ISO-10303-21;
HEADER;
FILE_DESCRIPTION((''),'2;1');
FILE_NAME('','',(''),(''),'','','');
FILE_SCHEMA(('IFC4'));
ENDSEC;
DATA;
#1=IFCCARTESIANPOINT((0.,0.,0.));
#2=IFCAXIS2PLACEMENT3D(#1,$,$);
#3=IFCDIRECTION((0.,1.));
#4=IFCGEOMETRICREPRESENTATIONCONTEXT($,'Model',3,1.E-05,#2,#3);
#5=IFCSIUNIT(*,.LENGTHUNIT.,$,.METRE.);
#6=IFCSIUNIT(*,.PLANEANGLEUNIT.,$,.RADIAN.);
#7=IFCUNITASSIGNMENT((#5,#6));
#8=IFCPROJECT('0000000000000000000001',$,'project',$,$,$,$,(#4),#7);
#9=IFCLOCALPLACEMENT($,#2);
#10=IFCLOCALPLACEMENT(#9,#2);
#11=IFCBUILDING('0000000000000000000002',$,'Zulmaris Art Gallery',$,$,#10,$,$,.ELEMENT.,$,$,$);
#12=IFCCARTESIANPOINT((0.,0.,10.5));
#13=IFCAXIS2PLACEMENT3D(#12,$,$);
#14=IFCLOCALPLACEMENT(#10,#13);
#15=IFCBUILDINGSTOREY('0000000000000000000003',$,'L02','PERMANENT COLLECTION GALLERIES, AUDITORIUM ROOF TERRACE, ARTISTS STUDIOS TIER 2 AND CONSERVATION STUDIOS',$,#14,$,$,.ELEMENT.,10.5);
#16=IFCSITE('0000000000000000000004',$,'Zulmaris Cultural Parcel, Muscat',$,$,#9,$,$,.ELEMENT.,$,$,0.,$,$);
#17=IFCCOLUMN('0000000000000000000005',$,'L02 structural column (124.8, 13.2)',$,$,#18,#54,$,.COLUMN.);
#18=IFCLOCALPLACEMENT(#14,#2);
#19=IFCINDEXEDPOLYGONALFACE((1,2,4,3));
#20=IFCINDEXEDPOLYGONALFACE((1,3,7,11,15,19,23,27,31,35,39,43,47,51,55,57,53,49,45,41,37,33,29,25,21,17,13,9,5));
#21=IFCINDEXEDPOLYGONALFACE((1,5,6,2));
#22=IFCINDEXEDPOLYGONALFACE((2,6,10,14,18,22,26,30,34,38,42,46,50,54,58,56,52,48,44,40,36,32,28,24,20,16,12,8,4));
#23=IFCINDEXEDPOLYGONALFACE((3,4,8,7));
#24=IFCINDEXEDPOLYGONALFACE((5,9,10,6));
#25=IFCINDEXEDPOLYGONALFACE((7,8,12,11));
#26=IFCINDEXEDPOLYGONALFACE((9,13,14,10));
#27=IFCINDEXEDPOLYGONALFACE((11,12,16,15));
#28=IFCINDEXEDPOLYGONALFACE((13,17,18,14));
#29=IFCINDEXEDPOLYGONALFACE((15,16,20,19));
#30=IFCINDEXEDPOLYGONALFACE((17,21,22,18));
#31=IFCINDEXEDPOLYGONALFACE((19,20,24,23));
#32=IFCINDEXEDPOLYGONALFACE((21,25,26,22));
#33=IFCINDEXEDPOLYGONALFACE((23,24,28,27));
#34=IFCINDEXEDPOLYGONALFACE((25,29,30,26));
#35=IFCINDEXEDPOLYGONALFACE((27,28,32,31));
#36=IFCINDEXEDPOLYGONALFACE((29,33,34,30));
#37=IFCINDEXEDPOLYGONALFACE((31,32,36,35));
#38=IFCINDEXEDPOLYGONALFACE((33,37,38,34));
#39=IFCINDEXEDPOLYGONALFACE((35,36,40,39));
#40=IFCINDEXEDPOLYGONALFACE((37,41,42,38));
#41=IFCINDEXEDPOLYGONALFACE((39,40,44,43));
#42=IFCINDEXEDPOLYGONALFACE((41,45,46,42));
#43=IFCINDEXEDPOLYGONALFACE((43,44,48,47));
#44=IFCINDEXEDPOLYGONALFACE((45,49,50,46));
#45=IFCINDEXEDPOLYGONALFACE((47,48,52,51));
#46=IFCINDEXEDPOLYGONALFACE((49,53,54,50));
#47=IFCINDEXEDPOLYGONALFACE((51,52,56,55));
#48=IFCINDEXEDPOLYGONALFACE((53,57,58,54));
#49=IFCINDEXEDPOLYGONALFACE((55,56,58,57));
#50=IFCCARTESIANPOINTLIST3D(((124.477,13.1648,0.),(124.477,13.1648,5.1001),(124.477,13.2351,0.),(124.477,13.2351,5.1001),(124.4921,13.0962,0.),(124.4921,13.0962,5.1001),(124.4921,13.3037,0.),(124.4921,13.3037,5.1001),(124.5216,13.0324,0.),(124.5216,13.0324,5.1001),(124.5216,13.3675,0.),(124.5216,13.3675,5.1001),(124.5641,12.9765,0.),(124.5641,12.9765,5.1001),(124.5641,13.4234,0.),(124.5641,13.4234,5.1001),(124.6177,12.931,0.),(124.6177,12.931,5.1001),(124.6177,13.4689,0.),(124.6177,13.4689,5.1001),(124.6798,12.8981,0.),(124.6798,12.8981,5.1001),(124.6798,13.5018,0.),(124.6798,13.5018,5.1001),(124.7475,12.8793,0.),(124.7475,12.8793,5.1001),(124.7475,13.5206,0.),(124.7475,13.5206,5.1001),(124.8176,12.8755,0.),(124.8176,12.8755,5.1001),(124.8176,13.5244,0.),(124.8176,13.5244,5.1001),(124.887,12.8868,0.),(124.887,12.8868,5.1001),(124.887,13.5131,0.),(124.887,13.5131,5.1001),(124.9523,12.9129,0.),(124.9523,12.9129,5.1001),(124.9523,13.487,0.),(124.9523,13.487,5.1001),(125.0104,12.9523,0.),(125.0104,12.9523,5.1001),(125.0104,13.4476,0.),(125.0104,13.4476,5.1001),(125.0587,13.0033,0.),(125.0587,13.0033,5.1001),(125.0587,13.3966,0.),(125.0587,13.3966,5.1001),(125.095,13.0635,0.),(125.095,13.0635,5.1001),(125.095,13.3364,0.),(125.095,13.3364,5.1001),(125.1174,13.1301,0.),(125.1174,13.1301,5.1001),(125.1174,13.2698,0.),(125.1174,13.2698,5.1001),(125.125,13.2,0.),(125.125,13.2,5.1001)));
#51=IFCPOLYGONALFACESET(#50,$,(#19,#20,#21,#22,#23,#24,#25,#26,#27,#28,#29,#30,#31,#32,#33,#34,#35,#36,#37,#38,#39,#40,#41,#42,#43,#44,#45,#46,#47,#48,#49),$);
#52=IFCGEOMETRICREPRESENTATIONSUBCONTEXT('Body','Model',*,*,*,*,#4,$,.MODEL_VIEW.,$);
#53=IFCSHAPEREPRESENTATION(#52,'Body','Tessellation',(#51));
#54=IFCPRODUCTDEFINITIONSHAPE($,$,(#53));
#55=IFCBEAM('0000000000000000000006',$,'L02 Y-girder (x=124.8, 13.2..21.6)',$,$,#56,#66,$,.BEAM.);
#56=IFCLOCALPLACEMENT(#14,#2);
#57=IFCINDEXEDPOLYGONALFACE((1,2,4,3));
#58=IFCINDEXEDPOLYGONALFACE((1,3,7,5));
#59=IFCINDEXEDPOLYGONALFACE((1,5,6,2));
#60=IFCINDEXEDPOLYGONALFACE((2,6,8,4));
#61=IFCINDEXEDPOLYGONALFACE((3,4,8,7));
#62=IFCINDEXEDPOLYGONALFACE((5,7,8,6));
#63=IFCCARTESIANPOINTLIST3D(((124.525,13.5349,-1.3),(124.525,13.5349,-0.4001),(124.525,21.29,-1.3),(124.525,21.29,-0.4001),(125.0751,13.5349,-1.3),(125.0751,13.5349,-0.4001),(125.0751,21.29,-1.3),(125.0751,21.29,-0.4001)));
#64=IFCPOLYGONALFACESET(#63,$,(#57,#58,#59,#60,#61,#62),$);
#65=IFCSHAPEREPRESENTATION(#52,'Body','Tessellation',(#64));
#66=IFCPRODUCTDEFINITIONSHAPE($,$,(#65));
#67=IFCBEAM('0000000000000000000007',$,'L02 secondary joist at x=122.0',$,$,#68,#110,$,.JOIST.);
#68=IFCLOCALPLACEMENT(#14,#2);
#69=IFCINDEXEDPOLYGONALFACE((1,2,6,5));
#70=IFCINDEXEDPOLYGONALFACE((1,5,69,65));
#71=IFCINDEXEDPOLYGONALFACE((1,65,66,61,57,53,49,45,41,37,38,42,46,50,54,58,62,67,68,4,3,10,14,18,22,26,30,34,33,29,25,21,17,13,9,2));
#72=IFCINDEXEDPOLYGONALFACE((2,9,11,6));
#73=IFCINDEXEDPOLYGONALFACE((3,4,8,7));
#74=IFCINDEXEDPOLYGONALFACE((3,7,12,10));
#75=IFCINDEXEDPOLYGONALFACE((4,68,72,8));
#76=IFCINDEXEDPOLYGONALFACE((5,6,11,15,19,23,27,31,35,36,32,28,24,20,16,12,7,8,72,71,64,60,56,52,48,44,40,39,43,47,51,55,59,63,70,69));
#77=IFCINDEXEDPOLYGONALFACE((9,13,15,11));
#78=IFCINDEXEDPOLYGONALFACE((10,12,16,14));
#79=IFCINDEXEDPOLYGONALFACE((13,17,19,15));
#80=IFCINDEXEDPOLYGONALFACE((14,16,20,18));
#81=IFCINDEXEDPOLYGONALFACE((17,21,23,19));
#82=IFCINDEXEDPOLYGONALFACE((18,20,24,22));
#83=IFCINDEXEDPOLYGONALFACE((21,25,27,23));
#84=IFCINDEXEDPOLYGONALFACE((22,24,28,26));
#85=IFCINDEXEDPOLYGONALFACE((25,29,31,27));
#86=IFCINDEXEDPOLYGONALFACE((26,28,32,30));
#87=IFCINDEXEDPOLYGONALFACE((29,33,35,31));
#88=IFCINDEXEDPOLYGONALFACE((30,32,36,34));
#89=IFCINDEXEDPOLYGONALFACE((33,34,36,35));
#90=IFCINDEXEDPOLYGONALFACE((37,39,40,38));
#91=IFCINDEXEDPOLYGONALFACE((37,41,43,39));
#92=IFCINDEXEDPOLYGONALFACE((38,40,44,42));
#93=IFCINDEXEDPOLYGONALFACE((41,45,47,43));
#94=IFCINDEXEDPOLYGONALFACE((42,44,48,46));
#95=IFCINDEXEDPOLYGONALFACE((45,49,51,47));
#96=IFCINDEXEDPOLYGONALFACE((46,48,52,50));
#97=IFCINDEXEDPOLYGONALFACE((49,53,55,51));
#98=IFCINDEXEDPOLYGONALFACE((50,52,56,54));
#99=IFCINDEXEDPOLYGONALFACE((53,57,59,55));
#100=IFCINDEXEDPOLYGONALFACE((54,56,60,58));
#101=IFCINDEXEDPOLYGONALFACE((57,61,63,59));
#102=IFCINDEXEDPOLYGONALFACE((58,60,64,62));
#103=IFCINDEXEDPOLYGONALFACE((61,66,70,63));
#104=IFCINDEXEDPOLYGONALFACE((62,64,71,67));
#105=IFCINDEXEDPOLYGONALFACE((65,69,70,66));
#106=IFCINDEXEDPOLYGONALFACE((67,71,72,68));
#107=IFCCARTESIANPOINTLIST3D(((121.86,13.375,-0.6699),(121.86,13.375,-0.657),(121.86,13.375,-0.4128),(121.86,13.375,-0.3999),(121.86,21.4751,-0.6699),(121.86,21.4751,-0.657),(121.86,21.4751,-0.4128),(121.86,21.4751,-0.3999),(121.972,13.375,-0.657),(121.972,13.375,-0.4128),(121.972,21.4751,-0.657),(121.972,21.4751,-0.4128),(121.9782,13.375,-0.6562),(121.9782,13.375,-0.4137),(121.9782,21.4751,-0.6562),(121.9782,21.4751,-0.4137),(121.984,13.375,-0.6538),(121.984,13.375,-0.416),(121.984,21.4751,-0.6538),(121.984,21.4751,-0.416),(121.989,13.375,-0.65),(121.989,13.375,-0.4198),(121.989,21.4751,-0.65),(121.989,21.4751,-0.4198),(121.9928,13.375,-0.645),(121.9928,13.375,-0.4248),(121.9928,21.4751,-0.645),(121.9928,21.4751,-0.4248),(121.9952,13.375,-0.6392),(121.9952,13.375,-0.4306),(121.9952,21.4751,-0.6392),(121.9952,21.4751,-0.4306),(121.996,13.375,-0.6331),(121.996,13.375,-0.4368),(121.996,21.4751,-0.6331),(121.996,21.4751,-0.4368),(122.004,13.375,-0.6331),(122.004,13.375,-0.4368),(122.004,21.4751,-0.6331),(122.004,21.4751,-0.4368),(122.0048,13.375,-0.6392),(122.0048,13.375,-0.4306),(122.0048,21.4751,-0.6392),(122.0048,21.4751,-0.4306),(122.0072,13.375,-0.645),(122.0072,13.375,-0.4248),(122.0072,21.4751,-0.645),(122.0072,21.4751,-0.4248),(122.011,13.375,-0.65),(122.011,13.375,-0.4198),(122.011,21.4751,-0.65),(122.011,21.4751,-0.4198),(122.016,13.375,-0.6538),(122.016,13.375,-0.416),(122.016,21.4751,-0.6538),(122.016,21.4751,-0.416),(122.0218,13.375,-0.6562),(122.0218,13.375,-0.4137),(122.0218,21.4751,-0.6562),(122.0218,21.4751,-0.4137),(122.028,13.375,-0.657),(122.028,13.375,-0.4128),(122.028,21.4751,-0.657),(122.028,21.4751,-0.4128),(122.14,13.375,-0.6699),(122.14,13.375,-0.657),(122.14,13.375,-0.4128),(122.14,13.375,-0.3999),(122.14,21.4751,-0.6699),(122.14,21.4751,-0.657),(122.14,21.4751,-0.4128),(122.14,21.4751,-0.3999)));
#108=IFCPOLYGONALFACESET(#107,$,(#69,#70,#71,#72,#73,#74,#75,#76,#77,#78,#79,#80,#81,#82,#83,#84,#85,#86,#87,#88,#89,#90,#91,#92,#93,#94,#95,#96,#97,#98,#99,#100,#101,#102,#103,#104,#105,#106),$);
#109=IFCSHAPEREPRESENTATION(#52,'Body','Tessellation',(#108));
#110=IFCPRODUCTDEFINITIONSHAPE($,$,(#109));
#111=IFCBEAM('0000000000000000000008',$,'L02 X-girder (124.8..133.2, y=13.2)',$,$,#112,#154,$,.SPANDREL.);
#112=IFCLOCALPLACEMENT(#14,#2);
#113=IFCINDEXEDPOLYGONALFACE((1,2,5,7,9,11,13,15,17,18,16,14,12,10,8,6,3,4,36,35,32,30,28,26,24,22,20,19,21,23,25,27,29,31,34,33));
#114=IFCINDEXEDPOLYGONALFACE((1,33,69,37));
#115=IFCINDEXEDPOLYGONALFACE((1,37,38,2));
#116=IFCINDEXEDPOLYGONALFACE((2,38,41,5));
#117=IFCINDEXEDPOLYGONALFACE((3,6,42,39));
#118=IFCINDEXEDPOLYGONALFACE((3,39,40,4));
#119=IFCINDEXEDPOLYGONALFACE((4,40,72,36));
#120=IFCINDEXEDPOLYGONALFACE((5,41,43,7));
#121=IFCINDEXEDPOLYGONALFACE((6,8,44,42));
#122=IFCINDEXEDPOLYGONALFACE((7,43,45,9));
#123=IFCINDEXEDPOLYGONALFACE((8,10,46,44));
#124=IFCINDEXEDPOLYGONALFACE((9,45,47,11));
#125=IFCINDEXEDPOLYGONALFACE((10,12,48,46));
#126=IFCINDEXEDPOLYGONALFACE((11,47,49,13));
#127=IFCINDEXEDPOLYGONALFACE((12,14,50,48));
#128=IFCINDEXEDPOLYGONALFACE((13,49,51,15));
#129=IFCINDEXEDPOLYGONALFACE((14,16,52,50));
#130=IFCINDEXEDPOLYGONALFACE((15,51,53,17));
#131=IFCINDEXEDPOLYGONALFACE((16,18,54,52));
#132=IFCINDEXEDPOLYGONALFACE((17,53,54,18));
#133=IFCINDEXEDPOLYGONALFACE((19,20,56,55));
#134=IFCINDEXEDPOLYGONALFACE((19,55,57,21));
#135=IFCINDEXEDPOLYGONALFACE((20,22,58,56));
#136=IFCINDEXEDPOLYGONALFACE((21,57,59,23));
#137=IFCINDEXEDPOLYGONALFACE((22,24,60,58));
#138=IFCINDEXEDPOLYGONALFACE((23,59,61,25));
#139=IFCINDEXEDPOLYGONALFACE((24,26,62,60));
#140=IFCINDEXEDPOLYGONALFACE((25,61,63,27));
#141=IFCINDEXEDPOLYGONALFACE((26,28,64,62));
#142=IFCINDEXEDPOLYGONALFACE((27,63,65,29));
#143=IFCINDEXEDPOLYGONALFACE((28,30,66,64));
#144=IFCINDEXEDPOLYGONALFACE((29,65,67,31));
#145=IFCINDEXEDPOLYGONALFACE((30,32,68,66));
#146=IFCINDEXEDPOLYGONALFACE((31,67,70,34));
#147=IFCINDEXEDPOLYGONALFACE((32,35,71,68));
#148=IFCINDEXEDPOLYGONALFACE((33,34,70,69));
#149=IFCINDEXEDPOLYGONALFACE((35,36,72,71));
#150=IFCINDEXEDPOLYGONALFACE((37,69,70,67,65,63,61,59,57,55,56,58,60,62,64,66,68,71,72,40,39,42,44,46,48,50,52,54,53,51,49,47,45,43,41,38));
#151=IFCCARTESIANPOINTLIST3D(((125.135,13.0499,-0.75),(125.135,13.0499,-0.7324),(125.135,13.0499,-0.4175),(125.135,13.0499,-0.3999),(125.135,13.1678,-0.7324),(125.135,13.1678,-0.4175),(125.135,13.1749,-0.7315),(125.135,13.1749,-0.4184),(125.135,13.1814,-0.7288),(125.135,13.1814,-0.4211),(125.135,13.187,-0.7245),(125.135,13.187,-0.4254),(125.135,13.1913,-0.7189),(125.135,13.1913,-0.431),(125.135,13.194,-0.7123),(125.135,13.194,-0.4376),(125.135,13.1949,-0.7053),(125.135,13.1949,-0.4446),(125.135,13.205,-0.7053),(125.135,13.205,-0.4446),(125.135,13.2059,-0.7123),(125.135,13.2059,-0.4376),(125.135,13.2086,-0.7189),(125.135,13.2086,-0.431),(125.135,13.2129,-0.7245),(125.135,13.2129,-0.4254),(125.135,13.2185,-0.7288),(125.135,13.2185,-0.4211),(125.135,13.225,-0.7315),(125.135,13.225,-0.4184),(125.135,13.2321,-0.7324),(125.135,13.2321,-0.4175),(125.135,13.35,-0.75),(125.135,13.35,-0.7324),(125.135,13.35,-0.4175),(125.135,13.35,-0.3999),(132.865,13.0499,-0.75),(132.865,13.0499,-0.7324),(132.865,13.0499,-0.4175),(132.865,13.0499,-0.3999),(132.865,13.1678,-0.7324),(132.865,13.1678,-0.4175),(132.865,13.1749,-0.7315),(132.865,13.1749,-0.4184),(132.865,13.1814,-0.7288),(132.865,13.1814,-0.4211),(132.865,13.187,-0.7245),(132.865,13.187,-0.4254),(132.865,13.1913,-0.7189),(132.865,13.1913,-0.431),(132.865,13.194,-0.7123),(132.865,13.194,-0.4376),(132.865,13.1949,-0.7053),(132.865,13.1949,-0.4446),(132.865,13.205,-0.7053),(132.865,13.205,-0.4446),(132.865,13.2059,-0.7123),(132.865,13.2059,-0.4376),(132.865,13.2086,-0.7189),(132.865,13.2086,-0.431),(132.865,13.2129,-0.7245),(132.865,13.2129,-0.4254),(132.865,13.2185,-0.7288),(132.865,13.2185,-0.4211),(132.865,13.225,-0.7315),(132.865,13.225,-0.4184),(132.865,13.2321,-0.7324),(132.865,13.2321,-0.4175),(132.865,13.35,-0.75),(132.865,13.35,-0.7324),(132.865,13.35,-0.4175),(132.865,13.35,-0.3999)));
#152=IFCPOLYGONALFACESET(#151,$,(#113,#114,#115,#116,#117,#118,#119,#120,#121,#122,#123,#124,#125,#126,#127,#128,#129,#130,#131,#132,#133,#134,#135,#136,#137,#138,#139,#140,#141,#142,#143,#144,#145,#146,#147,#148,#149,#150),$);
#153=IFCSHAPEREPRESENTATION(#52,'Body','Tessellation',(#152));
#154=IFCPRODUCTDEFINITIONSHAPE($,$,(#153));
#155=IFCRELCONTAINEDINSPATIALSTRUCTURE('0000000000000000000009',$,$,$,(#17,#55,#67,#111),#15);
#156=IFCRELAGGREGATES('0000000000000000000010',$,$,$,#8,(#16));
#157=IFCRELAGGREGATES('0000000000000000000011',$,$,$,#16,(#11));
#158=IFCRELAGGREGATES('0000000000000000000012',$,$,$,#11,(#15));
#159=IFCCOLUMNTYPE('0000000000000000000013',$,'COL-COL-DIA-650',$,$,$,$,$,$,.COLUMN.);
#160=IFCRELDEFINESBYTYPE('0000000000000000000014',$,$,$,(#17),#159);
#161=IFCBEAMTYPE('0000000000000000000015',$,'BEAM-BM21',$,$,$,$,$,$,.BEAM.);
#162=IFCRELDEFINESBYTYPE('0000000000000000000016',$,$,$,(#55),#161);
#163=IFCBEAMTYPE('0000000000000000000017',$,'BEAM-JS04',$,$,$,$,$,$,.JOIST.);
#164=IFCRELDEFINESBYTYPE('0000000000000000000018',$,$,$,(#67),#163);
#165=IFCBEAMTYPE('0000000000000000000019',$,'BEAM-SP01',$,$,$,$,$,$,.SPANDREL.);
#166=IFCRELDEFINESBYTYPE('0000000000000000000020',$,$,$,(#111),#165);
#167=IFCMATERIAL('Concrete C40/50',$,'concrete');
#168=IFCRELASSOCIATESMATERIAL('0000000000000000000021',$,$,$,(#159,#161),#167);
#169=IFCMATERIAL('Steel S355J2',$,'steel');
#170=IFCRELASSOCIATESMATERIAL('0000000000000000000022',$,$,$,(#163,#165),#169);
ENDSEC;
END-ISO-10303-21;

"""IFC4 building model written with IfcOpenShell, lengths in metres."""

from ifc_helpers import new_model, si_unit, direction, frame, origin, origin_2d, place, context, subcontext, project, spatial, rectangle, circle, i_section, extrude, material, material_profile, profile_set, type_object, element, save


model = new_model("IFC4")

# Units and contexts
model_context = context("Model", 3, precision=1e-05, world=origin(), true_north=direction((0.0, 1.0)))
body_context = subcontext(model_context, "Body", "Model", "MODEL_VIEW")
ifc_project = project(units=[si_unit("LENGTHUNIT", "METRE"), si_unit("PLANEANGLEUNIT", "RADIAN")], contexts=[model_context])

# Site, building, storey
site_placement = place(None, origin())
site = spatial("IfcSite", under=ifc_project, at=site_placement, Name="Zulmaris Cultural Parcel, Muscat", CompositionType="ELEMENT", RefElevation=0.0)
building_placement = place(site_placement, origin())
building = spatial("IfcBuilding", under=site, at=building_placement, Name="Zulmaris Art Gallery", CompositionType="ELEMENT")
storey_placement = place(building_placement, frame((0.0, 0.0, 10.5)))
storey = spatial("IfcBuildingStorey", under=building, at=storey_placement, Name="L02", Description="PERMANENT COLLECTION GALLERIES, AUDITORIUM ROOF TERRACE, ARTISTS STUDIOS TIER 2 AND CONSERVATION STUDIOS", CompositionType="ELEMENT", Elevation=10.5)

# Column
ifc_material_1 = material(Name="Concrete C40/50", Category="concrete")
ifc_material_profile_1 = material_profile(ifc_material_1, circle(Radius=0.325, at=origin_2d()), Name="COL DIA 650")
ifc_profile_set_1 = profile_set([ifc_material_profile_1], Name="Concrete C40/50")
column_type = type_object("IfcColumnType", Name="COL-COL-DIA-650", PredefinedType="COLUMN", material=ifc_profile_set_1)
column_placement = place(storey_placement, frame((124.8, 13.2, 0.0), z_axis=(0.0, 0.0, 1.0), x_axis=(1.0, 0.0, 0.0)))
element("IfcColumn", 1, at=column_placement, inside=storey, type_object=column_type, Name="L02 structural column (124.8, 13.2)", PredefinedType="COLUMN", context=body_context, shape_type="SweptSolid", body=[
    extrude(circle(Radius=0.325, at=origin_2d()), origin(), (0.0, 0.0, 1.0), 5.1001),
])

# Beams
ifc_material_profile_2 = material_profile(ifc_material_1, rectangle(XDim=0.55, YDim=0.8999, at=origin_2d()), Name="RC 550x900")
ifc_profile_set_2 = profile_set([ifc_material_profile_2], Name="Concrete C40/50")
beam_type_1 = type_object("IfcBeamType", Name="BEAM-BM21", PredefinedType="BEAM", material=ifc_profile_set_2)
beam_1_placement = place(storey_placement, frame((124.8, 13.5349, -0.8501), z_axis=(0.0, 1.0, 0.0), x_axis=(-1.0, 0.0, 0.0)))
element("IfcBeam", 2, at=beam_1_placement, inside=storey, type_object=beam_type_1, Name="L02 Y-girder (x=124.8, 13.2..21.6)", PredefinedType="BEAM", context=body_context, shape_type="SweptSolid", body=[
    extrude(rectangle(XDim=0.55, YDim=0.8999, at=origin_2d()), origin(), (0.0, 0.0, 1.0), 7.7551),
])
ifc_material_2 = material(Name="Steel S355J2", Category="steel")
ifc_material_profile_3 = material_profile(ifc_material_2, i_section(OverallWidth=0.28, OverallDepth=0.27, WebThickness=0.0081, FlangeThickness=0.0129, FilletRadius=0.0239, at=origin_2d()), Name="HEA 280")
ifc_profile_set_3 = profile_set([ifc_material_profile_3], Name="Steel S355J2")
beam_type_2 = type_object("IfcBeamType", Name="BEAM-JS04", PredefinedType="JOIST", material=ifc_profile_set_3)
beam_2_placement = place(storey_placement, frame((122.0, 13.375, -0.5349), z_axis=(0.0, 1.0, 0.0), x_axis=(-1.0, 0.0, 0.0)))
element("IfcBeam", 3, at=beam_2_placement, inside=storey, type_object=beam_type_2, Name="L02 secondary joist at x=122.0", PredefinedType="JOIST", context=body_context, shape_type="SweptSolid", body=[
    extrude(i_section(OverallWidth=0.28, OverallDepth=0.27, WebThickness=0.0081, FlangeThickness=0.0129, FilletRadius=0.0239, at=origin_2d()), origin(), (0.0, 0.0, 1.0), 8.1001),
])
ifc_material_profile_4 = material_profile(ifc_material_2, i_section(OverallWidth=0.3, OverallDepth=0.3501, WebThickness=0.01, FlangeThickness=0.0176, FilletRadius=0.0271, at=origin_2d()), Name="HEA 360")
ifc_profile_set_4 = profile_set([ifc_material_profile_4], Name="Steel S355J2")
beam_type_3 = type_object("IfcBeamType", Name="BEAM-SP01", PredefinedType="SPANDREL", material=ifc_profile_set_4)
beam_3_placement = place(storey_placement, frame((125.135, 13.2, -0.575), z_axis=(1.0, 0.0, 0.0), x_axis=(0.0, 1.0, 0.0)))
element("IfcBeam", 4, at=beam_3_placement, inside=storey, type_object=beam_type_3, Name="L02 X-girder (124.8..133.2, y=13.2)", PredefinedType="SPANDREL", context=body_context, shape_type="SweptSolid", body=[
    extrude(i_section(OverallWidth=0.3, OverallDepth=0.3501, WebThickness=0.01, FlangeThickness=0.0176, FilletRadius=0.0271, at=origin_2d()), origin(), (0.0, 0.0, 1.0), 7.73),
])

save(model, "model.ifc")
